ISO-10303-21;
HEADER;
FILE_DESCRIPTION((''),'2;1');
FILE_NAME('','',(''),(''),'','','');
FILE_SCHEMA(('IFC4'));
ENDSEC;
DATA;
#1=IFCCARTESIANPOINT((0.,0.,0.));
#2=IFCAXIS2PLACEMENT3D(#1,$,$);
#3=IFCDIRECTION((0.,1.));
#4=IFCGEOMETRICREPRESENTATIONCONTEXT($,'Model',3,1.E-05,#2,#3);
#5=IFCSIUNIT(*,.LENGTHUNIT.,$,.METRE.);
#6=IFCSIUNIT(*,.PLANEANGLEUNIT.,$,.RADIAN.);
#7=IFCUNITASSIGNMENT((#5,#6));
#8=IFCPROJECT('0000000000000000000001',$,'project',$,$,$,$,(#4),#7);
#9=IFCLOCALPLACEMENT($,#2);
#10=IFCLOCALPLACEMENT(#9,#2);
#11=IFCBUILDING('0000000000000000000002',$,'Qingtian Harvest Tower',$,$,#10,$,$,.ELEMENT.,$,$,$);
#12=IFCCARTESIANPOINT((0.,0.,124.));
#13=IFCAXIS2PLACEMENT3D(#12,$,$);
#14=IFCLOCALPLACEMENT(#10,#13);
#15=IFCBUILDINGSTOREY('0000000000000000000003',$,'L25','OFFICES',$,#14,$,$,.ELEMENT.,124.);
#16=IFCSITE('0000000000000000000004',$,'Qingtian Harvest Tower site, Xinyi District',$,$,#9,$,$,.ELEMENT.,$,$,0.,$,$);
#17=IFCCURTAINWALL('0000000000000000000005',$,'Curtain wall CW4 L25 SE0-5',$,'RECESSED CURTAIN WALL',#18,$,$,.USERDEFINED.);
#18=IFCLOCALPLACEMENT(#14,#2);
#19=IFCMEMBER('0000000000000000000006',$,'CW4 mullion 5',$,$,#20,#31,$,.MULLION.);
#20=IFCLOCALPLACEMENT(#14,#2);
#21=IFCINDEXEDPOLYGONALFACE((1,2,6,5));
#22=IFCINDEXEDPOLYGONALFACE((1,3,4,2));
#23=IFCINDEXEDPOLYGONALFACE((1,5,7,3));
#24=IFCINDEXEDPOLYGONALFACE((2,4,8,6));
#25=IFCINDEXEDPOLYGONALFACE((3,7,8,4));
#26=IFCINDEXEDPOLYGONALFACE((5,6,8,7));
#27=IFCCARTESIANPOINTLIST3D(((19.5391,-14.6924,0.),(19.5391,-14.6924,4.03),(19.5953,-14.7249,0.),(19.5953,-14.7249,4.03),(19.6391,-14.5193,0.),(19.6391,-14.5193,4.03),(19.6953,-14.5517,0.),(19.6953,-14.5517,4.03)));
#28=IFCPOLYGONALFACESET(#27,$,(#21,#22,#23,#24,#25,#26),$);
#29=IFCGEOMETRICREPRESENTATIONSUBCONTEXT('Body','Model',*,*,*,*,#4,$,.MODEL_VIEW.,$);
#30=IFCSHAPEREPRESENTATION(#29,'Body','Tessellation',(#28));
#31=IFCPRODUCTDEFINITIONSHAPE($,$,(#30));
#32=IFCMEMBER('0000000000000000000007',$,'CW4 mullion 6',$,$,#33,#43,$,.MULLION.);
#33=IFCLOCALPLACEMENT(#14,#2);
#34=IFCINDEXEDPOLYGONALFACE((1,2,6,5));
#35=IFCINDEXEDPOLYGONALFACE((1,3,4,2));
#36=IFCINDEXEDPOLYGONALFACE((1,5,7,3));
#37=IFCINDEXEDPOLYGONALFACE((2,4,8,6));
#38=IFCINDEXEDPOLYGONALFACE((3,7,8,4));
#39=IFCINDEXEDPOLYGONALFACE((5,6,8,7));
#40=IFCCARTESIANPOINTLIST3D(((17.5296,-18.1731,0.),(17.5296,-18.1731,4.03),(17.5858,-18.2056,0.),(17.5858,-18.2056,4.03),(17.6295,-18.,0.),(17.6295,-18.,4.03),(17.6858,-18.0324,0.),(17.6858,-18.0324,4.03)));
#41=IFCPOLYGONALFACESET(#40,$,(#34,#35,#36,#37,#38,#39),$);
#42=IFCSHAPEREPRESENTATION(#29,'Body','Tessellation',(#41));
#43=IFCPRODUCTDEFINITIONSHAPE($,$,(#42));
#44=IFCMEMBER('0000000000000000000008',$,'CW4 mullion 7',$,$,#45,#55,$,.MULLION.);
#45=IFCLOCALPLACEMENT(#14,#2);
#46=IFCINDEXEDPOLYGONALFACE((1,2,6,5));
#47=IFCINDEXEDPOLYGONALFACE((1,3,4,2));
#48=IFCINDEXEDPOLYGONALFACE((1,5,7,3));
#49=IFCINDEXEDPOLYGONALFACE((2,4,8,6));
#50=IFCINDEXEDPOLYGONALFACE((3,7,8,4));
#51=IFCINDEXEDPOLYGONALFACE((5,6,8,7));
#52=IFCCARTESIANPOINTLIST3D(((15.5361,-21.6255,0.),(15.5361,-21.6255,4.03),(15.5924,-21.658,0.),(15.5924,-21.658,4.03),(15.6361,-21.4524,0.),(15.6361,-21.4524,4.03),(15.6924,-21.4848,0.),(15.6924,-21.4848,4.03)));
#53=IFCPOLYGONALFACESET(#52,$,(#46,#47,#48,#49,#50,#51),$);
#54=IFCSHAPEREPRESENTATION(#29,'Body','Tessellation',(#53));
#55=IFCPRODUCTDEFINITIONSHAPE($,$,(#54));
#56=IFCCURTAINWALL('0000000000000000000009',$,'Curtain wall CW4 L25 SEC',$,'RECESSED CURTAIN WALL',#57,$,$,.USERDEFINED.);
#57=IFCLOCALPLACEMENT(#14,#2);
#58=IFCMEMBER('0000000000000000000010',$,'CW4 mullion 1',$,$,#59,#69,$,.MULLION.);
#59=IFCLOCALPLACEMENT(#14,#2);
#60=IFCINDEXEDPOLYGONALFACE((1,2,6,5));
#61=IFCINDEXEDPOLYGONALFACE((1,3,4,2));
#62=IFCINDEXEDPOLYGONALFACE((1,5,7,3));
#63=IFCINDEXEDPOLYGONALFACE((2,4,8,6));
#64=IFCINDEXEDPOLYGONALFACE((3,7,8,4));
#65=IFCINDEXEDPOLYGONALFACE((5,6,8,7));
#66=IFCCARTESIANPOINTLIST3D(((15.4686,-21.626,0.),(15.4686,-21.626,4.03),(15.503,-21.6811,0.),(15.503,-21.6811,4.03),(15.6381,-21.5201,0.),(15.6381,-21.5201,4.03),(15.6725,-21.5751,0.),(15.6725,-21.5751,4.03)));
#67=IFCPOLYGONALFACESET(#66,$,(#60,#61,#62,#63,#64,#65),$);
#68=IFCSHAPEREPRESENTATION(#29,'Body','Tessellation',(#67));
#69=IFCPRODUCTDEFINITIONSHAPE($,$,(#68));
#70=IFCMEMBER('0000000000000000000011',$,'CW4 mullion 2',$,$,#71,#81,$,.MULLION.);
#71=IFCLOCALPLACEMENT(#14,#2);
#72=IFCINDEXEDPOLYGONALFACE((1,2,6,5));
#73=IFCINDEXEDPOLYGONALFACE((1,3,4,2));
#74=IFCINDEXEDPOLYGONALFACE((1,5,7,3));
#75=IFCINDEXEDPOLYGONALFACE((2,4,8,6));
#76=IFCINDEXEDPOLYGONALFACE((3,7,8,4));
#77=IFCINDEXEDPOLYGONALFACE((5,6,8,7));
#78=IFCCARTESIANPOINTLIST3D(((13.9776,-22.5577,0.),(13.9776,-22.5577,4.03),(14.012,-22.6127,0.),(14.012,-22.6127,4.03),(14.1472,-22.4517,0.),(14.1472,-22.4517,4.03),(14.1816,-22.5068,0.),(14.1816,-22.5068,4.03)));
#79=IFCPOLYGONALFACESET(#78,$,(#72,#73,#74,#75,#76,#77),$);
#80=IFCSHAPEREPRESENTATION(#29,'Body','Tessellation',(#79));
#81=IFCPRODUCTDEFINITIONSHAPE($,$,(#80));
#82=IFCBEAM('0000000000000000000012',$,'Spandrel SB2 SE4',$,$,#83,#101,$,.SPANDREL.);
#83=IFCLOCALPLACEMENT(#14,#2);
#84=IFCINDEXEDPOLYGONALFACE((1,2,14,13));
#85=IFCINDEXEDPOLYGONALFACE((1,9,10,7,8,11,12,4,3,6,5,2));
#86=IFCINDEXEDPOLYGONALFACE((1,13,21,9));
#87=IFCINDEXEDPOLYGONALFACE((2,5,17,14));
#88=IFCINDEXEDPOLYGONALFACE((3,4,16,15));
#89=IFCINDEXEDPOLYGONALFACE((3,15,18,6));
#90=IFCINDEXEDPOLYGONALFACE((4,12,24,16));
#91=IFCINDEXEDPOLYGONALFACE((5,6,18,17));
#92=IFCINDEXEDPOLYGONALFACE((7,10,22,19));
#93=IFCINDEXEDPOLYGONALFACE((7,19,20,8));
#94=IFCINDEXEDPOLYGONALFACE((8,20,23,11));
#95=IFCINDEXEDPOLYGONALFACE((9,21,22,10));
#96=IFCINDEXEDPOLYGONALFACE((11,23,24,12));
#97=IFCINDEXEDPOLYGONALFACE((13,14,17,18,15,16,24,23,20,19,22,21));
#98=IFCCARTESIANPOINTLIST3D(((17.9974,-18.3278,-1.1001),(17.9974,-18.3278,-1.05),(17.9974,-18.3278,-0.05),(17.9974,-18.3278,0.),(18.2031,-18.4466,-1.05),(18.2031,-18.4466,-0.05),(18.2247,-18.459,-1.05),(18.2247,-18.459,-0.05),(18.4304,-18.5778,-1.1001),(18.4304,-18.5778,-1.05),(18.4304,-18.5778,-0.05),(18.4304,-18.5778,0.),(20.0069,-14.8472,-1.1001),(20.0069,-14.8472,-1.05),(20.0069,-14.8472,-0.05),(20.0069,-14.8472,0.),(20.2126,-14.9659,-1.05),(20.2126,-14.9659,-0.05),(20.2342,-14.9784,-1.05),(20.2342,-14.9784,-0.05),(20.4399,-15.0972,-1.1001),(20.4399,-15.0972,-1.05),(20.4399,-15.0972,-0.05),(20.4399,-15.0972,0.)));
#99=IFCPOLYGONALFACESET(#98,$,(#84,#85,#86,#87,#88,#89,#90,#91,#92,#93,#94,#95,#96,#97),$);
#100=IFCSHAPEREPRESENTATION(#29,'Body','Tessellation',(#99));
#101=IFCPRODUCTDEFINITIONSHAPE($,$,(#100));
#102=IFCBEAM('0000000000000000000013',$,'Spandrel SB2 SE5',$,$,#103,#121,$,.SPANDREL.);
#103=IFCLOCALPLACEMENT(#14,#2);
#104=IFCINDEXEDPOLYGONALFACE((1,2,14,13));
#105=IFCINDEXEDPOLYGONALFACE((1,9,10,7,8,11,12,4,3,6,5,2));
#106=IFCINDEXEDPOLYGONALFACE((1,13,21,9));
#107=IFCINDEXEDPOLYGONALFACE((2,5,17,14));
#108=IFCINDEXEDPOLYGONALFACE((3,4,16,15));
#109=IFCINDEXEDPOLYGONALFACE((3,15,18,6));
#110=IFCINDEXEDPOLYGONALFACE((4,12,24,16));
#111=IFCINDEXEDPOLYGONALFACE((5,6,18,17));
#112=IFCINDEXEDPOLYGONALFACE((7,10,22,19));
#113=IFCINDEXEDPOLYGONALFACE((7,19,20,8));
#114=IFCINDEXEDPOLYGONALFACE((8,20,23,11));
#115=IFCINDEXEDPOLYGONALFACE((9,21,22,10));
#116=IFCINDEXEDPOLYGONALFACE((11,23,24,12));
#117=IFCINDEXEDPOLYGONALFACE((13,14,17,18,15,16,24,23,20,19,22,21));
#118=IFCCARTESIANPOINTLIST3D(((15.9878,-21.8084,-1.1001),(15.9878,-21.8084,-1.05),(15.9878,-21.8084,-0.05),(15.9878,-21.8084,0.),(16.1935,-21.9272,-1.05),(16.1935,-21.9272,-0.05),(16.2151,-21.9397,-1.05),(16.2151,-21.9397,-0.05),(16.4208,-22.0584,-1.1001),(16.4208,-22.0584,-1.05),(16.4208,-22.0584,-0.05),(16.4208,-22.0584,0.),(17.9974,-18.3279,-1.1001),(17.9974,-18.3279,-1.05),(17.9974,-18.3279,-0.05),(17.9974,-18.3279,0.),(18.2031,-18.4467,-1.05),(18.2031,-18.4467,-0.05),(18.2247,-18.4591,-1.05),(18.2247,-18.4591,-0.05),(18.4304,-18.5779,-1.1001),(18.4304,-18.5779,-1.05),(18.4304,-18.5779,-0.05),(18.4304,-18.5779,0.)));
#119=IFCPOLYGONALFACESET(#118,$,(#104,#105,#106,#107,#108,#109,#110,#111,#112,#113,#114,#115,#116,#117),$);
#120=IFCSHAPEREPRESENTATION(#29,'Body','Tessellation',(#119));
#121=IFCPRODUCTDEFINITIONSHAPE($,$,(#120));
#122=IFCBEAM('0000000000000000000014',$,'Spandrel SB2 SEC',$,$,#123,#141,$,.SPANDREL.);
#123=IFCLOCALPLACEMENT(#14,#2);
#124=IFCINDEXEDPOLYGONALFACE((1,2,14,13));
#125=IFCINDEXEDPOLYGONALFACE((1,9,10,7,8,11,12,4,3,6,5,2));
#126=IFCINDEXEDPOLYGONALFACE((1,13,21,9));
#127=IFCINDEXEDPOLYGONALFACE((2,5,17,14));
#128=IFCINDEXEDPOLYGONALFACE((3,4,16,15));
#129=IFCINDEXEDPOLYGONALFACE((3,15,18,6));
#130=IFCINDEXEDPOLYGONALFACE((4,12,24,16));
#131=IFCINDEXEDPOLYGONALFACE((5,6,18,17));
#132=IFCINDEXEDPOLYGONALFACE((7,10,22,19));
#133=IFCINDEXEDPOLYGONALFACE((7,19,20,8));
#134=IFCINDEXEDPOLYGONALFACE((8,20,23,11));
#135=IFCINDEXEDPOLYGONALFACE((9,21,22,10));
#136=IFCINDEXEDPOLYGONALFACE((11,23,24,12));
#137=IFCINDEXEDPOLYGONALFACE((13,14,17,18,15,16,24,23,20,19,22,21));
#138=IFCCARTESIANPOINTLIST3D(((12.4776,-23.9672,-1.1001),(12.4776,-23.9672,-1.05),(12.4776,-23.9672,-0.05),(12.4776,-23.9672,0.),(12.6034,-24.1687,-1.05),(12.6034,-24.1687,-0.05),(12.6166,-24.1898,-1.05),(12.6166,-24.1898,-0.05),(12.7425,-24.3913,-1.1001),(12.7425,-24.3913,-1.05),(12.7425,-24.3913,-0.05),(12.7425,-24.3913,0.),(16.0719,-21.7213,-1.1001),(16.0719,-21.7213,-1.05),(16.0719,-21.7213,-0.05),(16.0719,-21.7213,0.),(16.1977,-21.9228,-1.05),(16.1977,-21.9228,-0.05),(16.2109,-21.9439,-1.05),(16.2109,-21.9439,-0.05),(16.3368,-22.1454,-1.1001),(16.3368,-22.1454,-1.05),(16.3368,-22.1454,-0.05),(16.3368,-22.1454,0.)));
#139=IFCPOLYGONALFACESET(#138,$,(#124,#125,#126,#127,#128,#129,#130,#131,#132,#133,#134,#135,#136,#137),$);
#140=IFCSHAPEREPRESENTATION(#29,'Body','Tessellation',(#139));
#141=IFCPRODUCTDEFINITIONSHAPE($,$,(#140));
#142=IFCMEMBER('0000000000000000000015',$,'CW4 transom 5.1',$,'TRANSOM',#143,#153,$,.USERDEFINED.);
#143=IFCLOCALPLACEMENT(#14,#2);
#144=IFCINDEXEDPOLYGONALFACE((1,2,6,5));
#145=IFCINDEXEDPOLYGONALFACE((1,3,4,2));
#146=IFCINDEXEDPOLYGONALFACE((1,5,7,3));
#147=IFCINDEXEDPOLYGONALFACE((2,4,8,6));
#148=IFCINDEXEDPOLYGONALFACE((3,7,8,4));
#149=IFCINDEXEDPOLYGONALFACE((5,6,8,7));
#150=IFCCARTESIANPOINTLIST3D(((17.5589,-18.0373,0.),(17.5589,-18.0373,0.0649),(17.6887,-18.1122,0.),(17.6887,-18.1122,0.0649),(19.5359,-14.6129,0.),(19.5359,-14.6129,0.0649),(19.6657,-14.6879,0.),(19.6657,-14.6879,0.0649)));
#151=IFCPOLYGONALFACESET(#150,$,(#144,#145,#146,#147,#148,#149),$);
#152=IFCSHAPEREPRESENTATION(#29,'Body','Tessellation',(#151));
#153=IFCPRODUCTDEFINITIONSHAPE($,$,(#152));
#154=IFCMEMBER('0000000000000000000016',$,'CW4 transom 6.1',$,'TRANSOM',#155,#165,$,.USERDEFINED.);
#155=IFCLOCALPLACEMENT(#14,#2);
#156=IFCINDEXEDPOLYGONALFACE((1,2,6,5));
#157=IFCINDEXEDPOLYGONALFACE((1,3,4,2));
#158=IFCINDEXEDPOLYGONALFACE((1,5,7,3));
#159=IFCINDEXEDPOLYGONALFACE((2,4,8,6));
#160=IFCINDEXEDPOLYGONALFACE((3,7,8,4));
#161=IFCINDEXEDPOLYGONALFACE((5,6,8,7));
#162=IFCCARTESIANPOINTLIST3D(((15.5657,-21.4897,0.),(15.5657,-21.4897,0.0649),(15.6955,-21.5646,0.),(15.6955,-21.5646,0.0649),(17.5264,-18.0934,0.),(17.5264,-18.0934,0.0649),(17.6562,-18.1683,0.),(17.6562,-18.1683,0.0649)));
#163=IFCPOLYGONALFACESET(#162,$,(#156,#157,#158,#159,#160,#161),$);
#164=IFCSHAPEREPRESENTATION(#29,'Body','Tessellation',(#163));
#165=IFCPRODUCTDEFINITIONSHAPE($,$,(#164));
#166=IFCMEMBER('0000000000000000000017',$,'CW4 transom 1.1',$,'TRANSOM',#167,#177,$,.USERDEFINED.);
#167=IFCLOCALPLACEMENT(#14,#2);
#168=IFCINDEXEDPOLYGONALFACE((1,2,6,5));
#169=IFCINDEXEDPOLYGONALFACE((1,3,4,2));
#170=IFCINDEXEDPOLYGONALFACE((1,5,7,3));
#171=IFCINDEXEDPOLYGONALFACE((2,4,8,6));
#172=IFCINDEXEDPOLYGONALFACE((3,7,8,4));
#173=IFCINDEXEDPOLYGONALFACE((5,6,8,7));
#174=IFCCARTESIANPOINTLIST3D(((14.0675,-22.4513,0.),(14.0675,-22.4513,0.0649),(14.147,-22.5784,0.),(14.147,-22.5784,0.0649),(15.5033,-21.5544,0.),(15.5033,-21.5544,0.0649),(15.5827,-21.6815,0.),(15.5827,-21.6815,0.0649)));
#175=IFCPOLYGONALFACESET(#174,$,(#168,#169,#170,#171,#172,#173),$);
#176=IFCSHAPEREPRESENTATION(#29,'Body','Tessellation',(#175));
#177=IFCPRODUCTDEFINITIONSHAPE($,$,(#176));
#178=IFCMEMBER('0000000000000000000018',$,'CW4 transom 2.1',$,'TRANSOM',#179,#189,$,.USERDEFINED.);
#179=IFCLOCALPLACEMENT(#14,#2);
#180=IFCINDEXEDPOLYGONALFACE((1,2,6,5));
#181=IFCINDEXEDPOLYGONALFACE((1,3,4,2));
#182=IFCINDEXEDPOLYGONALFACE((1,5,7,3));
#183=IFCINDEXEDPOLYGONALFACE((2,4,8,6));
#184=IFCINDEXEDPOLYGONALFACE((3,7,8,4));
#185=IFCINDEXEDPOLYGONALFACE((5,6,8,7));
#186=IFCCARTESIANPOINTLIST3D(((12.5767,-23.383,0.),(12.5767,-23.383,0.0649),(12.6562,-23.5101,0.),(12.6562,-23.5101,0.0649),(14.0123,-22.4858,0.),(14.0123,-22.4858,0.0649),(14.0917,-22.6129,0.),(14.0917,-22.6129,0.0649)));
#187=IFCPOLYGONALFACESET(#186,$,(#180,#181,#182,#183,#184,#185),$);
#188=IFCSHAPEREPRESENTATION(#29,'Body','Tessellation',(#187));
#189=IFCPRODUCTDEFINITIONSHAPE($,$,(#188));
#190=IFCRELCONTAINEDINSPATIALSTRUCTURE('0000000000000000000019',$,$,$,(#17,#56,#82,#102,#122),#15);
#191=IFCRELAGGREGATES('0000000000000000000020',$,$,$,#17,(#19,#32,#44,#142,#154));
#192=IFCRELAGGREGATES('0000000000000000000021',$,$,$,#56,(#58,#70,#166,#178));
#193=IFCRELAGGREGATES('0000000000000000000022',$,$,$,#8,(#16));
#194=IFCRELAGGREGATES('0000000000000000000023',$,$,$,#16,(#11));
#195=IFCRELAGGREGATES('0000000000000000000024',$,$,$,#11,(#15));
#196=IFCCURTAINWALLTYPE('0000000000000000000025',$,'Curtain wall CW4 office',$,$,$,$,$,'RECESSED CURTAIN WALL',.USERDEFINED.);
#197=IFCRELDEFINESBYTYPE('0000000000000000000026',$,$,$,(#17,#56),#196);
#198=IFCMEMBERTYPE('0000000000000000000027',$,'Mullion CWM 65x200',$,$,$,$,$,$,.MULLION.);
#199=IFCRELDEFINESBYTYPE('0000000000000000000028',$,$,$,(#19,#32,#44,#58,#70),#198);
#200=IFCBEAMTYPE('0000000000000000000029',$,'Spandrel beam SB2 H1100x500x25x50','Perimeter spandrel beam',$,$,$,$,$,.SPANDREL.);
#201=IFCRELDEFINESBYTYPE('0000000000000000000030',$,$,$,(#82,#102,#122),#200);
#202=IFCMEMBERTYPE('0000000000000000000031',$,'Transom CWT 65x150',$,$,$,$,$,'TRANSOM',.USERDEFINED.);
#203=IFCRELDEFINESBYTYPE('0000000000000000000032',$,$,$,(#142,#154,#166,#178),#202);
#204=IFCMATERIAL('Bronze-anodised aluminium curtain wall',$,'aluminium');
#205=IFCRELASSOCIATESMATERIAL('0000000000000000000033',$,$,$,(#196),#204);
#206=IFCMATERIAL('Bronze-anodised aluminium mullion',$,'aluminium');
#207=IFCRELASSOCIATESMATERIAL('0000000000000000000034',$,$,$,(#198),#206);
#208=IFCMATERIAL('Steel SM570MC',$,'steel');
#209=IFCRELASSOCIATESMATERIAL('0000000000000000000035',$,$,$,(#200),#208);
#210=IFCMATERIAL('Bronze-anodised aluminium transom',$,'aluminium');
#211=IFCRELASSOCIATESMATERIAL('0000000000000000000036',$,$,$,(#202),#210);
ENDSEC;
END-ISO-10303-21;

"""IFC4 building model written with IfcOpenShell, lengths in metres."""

from ifc_helpers import new_model, si_unit, direction, frame, origin, origin_2d, place, context, subcontext, project, spatial, rectangle, i_section, extrude, material, material_profile, profile_set, type_object, element, aggregate, save


model = new_model("IFC4")

# Units and contexts
model_context = context("Model", 3, precision=1e-05, world=origin(), true_north=direction((0.0, 1.0)))
body_context = subcontext(model_context, "Body", "Model", "MODEL_VIEW")
ifc_project = project(units=[si_unit("LENGTHUNIT", "METRE"), si_unit("PLANEANGLEUNIT", "RADIAN")], contexts=[model_context])

# Site, building, storey
site_placement = place(None, origin())
site = spatial("IfcSite", under=ifc_project, at=site_placement, Name="Qingtian Harvest Tower site, Xinyi District", CompositionType="ELEMENT", RefElevation=0.0)
building_placement = place(site_placement, origin())
building = spatial("IfcBuilding", under=site, at=building_placement, Name="Qingtian Harvest Tower", CompositionType="ELEMENT")
storey_placement = place(building_placement, frame((0.0, 0.0, 124.0)))
storey = spatial("IfcBuildingStorey", under=building, at=storey_placement, Name="L25", Description="OFFICES", CompositionType="ELEMENT", Elevation=124.0)

# Curtain walls, members
ifc_material_1 = material(Name="Bronze-anodised aluminium curtain wall", Category="aluminium")
curtain_wall_type = type_object("IfcCurtainWallType", Name="Curtain wall CW4 office", ElementType="RECESSED CURTAIN WALL", PredefinedType="USERDEFINED", material=ifc_material_1)
curtain_wall_1_placement = place(storey_placement, origin())
curtain_wall_1 = element("IfcCurtainWall", 1, at=curtain_wall_1_placement, inside=storey, type_object=curtain_wall_type, Name="Curtain wall CW4 L25 SE0-5", ObjectType="RECESSED CURTAIN WALL", PredefinedType="USERDEFINED")
ifc_material_2 = material(Name="Bronze-anodised aluminium mullion", Category="aluminium")
ifc_material_profile_1 = material_profile(ifc_material_2, rectangle(XDim=0.0649, YDim=0.2, at=origin_2d()), Name="AL 65x200")
ifc_profile_set_1 = profile_set([ifc_material_profile_1], Name="Bronze-anodised aluminium mullion")
member_type_1 = type_object("IfcMemberType", Name="Mullion CWM 65x200", PredefinedType="MULLION", material=ifc_profile_set_1)
member_1_placement = place(storey_placement, frame((19.6172, -14.6221, 0.0), z_axis=(0.0, 0.0, 1.0), x_axis=(0.866025, -0.5, 0.0)))
member_1 = element("IfcMember", 2, at=member_1_placement, type_object=member_type_1, Name="CW4 mullion 5", PredefinedType="MULLION", context=body_context, shape_type="SweptSolid", body=[
    extrude(rectangle(XDim=0.0649, YDim=0.2, at=origin_2d()), origin(), (0.0, 0.0, 1.0), 4.03),
])
member_2_placement = place(storey_placement, frame((17.6077, -18.1028, 0.0), z_axis=(0.0, 0.0, 1.0), x_axis=(0.866025, -0.5, 0.0)))
member_2 = element("IfcMember", 3, at=member_2_placement, type_object=member_type_1, Name="CW4 mullion 6", PredefinedType="MULLION", context=body_context, shape_type="SweptSolid", body=[
    extrude(rectangle(XDim=0.0649, YDim=0.2, at=origin_2d()), origin(), (0.0, 0.0, 1.0), 4.03),
])
member_3_placement = place(storey_placement, frame((15.6143, -21.5552, 0.0), z_axis=(0.0, 0.0, 1.0), x_axis=(0.866025, -0.5, 0.0)))
member_3 = element("IfcMember", 4, at=member_3_placement, type_object=member_type_1, Name="CW4 mullion 7", PredefinedType="MULLION", context=body_context, shape_type="SweptSolid", body=[
    extrude(rectangle(XDim=0.0649, YDim=0.2, at=origin_2d()), origin(), (0.0, 0.0, 1.0), 4.03),
])
curtain_wall_2_placement = place(storey_placement, origin())
curtain_wall_2 = element("IfcCurtainWall", 5, at=curtain_wall_2_placement, inside=storey, type_object=curtain_wall_type, Name="Curtain wall CW4 L25 SEC", ObjectType="RECESSED CURTAIN WALL", PredefinedType="USERDEFINED")
member_4_placement = place(storey_placement, frame((15.5706, -21.6006, 0.0), z_axis=(0.0, 0.0, 1.0), x_axis=(0.529919, -0.848048, 0.0)))
member_4 = element("IfcMember", 6, at=member_4_placement, type_object=member_type_1, Name="CW4 mullion 1", PredefinedType="MULLION", context=body_context, shape_type="SweptSolid", body=[
    extrude(rectangle(XDim=0.0649, YDim=0.2, at=origin_2d()), origin(), (0.0, 0.0, 1.0), 4.03),
])
member_5_placement = place(storey_placement, frame((14.0796, -22.5322, 0.0), z_axis=(0.0, 0.0, 1.0), x_axis=(0.529919, -0.848048, 0.0)))
member_5 = element("IfcMember", 7, at=member_5_placement, type_object=member_type_1, Name="CW4 mullion 2", PredefinedType="MULLION", context=body_context, shape_type="SweptSolid", body=[
    extrude(rectangle(XDim=0.0649, YDim=0.2, at=origin_2d()), origin(), (0.0, 0.0, 1.0), 4.03),
])

# Beams
ifc_material_3 = material(Name="Steel SM570MC", Category="steel")
ifc_material_profile_2 = material_profile(ifc_material_3, i_section(OverallWidth=0.5, OverallDepth=1.1001, WebThickness=0.0249, FlangeThickness=0.05, at=origin_2d()), Name="H1100x500x25x50")
ifc_profile_set_2 = profile_set([ifc_material_profile_2], Name="Steel SM570MC")
beam_type_1 = type_object("IfcBeamType", Name="Spandrel beam SB2 H1100x500x25x50", Description="Perimeter spandrel beam", PredefinedType="SPANDREL", material=ifc_profile_set_2)
for number, where, z_axis, x_axis, name in (
    (8, (20.2234, -14.9722, -0.55), (-0.499987, -0.866033, 0.0), (0.866033, -0.499987, 0.0), "Spandrel SB2 SE4"),
    (9, (18.2139, -18.4529, -0.55), (-0.500013, -0.866018, 0.0), (0.866018, -0.500013, 0.0), "Spandrel SB2 SE5"),
):
    element("IfcBeam", number, at=place(storey_placement, frame(where, z_axis=z_axis, x_axis=x_axis)), inside=storey, type_object=beam_type_1, Name=name, PredefinedType="SPANDREL", context=body_context, shape_type="SweptSolid", body=[
        extrude(i_section(OverallWidth=0.5, OverallDepth=1.1001, WebThickness=0.0249, FlangeThickness=0.05, at=origin_2d()), origin(), (0.0, 0.0, 1.0), 4.019),
    ])
beam_1_placement = place(storey_placement, frame((16.2043, -21.9333, -0.55), z_axis=(-0.848057, -0.529906, 0.0), x_axis=(0.529906, -0.848057, 0.0)))
element("IfcBeam", 10, at=beam_1_placement, inside=storey, type_object=beam_type_1, Name="Spandrel SB2 SEC", PredefinedType="SPANDREL", context=body_context, shape_type="SweptSolid", body=[
    extrude(i_section(OverallWidth=0.5, OverallDepth=1.1001, WebThickness=0.0249, FlangeThickness=0.05, at=origin_2d()), origin(), (0.0, 0.0, 1.0), 4.2383),
])

# Members
ifc_material_4 = material(Name="Bronze-anodised aluminium transom", Category="aluminium")
ifc_material_profile_3 = material_profile(ifc_material_4, rectangle(XDim=0.1499, YDim=0.0649, at=origin_2d()), Name="AL 65x150")
ifc_profile_set_3 = profile_set([ifc_material_profile_3], Name="Bronze-anodised aluminium transom")
member_type_2 = type_object("IfcMemberType", Name="Transom CWT 65x150", ElementType="TRANSOM", PredefinedType="USERDEFINED", material=ifc_profile_set_3)
member_6_placement = place(storey_placement, frame((19.6008, -14.6504, 0.0325), z_axis=(-0.500004, -0.866023, 0.0), x_axis=(0.866023, -0.500004, 0.0)))
member_6 = element("IfcMember", 11, at=member_6_placement, type_object=member_type_2, Name="CW4 transom 5.1", ObjectType="TRANSOM", PredefinedType="USERDEFINED", context=body_context, shape_type="SweptSolid", body=[
    extrude(rectangle(XDim=0.1499, YDim=0.0649, at=origin_2d()), origin(), (0.0, 0.0, 1.0), 3.9541),
])
member_7_placement = place(storey_placement, frame((17.5913, -18.1309, 0.0325), z_axis=(-0.499976, -0.866039, 0.0), x_axis=(0.866039, -0.499976, 0.0)))
member_7 = element("IfcMember", 12, at=member_7_placement, type_object=member_type_2, Name="CW4 transom 6.1", ObjectType="TRANSOM", PredefinedType="USERDEFINED", context=body_context, shape_type="SweptSolid", body=[
    extrude(rectangle(XDim=0.1499, YDim=0.0649, at=origin_2d()), origin(), (0.0, 0.0, 1.0), 3.9216),
])
member_8_placement = place(storey_placement, frame((15.543, -21.6179, 0.0325), z_axis=(-0.848104, -0.52983, 0.0), x_axis=(0.52983, -0.848104, 0.0)))
member_8 = element("IfcMember", 13, at=member_8_placement, type_object=member_type_2, Name="CW4 transom 1.1", ObjectType="TRANSOM", PredefinedType="USERDEFINED", context=body_context, shape_type="SweptSolid", body=[
    extrude(rectangle(XDim=0.1499, YDim=0.0649, at=origin_2d()), origin(), (0.0, 0.0, 1.0), 1.6929),
])
member_9_placement = place(storey_placement, frame((14.052, -22.5493, 0.0325), z_axis=(-0.847998, -0.529999, 0.0), x_axis=(0.529999, -0.847998, 0.0)))
member_9 = element("IfcMember", 14, at=member_9_placement, type_object=member_type_2, Name="CW4 transom 2.1", ObjectType="TRANSOM", PredefinedType="USERDEFINED", context=body_context, shape_type="SweptSolid", body=[
    extrude(rectangle(XDim=0.1499, YDim=0.0649, at=origin_2d()), origin(), (0.0, 0.0, 1.0), 1.6929),
])

aggregate(curtain_wall_1, [member_1, member_2, member_3, member_6, member_7])
aggregate(curtain_wall_2, [member_4, member_5, member_8, member_9])

save(model, "model.ifc")
